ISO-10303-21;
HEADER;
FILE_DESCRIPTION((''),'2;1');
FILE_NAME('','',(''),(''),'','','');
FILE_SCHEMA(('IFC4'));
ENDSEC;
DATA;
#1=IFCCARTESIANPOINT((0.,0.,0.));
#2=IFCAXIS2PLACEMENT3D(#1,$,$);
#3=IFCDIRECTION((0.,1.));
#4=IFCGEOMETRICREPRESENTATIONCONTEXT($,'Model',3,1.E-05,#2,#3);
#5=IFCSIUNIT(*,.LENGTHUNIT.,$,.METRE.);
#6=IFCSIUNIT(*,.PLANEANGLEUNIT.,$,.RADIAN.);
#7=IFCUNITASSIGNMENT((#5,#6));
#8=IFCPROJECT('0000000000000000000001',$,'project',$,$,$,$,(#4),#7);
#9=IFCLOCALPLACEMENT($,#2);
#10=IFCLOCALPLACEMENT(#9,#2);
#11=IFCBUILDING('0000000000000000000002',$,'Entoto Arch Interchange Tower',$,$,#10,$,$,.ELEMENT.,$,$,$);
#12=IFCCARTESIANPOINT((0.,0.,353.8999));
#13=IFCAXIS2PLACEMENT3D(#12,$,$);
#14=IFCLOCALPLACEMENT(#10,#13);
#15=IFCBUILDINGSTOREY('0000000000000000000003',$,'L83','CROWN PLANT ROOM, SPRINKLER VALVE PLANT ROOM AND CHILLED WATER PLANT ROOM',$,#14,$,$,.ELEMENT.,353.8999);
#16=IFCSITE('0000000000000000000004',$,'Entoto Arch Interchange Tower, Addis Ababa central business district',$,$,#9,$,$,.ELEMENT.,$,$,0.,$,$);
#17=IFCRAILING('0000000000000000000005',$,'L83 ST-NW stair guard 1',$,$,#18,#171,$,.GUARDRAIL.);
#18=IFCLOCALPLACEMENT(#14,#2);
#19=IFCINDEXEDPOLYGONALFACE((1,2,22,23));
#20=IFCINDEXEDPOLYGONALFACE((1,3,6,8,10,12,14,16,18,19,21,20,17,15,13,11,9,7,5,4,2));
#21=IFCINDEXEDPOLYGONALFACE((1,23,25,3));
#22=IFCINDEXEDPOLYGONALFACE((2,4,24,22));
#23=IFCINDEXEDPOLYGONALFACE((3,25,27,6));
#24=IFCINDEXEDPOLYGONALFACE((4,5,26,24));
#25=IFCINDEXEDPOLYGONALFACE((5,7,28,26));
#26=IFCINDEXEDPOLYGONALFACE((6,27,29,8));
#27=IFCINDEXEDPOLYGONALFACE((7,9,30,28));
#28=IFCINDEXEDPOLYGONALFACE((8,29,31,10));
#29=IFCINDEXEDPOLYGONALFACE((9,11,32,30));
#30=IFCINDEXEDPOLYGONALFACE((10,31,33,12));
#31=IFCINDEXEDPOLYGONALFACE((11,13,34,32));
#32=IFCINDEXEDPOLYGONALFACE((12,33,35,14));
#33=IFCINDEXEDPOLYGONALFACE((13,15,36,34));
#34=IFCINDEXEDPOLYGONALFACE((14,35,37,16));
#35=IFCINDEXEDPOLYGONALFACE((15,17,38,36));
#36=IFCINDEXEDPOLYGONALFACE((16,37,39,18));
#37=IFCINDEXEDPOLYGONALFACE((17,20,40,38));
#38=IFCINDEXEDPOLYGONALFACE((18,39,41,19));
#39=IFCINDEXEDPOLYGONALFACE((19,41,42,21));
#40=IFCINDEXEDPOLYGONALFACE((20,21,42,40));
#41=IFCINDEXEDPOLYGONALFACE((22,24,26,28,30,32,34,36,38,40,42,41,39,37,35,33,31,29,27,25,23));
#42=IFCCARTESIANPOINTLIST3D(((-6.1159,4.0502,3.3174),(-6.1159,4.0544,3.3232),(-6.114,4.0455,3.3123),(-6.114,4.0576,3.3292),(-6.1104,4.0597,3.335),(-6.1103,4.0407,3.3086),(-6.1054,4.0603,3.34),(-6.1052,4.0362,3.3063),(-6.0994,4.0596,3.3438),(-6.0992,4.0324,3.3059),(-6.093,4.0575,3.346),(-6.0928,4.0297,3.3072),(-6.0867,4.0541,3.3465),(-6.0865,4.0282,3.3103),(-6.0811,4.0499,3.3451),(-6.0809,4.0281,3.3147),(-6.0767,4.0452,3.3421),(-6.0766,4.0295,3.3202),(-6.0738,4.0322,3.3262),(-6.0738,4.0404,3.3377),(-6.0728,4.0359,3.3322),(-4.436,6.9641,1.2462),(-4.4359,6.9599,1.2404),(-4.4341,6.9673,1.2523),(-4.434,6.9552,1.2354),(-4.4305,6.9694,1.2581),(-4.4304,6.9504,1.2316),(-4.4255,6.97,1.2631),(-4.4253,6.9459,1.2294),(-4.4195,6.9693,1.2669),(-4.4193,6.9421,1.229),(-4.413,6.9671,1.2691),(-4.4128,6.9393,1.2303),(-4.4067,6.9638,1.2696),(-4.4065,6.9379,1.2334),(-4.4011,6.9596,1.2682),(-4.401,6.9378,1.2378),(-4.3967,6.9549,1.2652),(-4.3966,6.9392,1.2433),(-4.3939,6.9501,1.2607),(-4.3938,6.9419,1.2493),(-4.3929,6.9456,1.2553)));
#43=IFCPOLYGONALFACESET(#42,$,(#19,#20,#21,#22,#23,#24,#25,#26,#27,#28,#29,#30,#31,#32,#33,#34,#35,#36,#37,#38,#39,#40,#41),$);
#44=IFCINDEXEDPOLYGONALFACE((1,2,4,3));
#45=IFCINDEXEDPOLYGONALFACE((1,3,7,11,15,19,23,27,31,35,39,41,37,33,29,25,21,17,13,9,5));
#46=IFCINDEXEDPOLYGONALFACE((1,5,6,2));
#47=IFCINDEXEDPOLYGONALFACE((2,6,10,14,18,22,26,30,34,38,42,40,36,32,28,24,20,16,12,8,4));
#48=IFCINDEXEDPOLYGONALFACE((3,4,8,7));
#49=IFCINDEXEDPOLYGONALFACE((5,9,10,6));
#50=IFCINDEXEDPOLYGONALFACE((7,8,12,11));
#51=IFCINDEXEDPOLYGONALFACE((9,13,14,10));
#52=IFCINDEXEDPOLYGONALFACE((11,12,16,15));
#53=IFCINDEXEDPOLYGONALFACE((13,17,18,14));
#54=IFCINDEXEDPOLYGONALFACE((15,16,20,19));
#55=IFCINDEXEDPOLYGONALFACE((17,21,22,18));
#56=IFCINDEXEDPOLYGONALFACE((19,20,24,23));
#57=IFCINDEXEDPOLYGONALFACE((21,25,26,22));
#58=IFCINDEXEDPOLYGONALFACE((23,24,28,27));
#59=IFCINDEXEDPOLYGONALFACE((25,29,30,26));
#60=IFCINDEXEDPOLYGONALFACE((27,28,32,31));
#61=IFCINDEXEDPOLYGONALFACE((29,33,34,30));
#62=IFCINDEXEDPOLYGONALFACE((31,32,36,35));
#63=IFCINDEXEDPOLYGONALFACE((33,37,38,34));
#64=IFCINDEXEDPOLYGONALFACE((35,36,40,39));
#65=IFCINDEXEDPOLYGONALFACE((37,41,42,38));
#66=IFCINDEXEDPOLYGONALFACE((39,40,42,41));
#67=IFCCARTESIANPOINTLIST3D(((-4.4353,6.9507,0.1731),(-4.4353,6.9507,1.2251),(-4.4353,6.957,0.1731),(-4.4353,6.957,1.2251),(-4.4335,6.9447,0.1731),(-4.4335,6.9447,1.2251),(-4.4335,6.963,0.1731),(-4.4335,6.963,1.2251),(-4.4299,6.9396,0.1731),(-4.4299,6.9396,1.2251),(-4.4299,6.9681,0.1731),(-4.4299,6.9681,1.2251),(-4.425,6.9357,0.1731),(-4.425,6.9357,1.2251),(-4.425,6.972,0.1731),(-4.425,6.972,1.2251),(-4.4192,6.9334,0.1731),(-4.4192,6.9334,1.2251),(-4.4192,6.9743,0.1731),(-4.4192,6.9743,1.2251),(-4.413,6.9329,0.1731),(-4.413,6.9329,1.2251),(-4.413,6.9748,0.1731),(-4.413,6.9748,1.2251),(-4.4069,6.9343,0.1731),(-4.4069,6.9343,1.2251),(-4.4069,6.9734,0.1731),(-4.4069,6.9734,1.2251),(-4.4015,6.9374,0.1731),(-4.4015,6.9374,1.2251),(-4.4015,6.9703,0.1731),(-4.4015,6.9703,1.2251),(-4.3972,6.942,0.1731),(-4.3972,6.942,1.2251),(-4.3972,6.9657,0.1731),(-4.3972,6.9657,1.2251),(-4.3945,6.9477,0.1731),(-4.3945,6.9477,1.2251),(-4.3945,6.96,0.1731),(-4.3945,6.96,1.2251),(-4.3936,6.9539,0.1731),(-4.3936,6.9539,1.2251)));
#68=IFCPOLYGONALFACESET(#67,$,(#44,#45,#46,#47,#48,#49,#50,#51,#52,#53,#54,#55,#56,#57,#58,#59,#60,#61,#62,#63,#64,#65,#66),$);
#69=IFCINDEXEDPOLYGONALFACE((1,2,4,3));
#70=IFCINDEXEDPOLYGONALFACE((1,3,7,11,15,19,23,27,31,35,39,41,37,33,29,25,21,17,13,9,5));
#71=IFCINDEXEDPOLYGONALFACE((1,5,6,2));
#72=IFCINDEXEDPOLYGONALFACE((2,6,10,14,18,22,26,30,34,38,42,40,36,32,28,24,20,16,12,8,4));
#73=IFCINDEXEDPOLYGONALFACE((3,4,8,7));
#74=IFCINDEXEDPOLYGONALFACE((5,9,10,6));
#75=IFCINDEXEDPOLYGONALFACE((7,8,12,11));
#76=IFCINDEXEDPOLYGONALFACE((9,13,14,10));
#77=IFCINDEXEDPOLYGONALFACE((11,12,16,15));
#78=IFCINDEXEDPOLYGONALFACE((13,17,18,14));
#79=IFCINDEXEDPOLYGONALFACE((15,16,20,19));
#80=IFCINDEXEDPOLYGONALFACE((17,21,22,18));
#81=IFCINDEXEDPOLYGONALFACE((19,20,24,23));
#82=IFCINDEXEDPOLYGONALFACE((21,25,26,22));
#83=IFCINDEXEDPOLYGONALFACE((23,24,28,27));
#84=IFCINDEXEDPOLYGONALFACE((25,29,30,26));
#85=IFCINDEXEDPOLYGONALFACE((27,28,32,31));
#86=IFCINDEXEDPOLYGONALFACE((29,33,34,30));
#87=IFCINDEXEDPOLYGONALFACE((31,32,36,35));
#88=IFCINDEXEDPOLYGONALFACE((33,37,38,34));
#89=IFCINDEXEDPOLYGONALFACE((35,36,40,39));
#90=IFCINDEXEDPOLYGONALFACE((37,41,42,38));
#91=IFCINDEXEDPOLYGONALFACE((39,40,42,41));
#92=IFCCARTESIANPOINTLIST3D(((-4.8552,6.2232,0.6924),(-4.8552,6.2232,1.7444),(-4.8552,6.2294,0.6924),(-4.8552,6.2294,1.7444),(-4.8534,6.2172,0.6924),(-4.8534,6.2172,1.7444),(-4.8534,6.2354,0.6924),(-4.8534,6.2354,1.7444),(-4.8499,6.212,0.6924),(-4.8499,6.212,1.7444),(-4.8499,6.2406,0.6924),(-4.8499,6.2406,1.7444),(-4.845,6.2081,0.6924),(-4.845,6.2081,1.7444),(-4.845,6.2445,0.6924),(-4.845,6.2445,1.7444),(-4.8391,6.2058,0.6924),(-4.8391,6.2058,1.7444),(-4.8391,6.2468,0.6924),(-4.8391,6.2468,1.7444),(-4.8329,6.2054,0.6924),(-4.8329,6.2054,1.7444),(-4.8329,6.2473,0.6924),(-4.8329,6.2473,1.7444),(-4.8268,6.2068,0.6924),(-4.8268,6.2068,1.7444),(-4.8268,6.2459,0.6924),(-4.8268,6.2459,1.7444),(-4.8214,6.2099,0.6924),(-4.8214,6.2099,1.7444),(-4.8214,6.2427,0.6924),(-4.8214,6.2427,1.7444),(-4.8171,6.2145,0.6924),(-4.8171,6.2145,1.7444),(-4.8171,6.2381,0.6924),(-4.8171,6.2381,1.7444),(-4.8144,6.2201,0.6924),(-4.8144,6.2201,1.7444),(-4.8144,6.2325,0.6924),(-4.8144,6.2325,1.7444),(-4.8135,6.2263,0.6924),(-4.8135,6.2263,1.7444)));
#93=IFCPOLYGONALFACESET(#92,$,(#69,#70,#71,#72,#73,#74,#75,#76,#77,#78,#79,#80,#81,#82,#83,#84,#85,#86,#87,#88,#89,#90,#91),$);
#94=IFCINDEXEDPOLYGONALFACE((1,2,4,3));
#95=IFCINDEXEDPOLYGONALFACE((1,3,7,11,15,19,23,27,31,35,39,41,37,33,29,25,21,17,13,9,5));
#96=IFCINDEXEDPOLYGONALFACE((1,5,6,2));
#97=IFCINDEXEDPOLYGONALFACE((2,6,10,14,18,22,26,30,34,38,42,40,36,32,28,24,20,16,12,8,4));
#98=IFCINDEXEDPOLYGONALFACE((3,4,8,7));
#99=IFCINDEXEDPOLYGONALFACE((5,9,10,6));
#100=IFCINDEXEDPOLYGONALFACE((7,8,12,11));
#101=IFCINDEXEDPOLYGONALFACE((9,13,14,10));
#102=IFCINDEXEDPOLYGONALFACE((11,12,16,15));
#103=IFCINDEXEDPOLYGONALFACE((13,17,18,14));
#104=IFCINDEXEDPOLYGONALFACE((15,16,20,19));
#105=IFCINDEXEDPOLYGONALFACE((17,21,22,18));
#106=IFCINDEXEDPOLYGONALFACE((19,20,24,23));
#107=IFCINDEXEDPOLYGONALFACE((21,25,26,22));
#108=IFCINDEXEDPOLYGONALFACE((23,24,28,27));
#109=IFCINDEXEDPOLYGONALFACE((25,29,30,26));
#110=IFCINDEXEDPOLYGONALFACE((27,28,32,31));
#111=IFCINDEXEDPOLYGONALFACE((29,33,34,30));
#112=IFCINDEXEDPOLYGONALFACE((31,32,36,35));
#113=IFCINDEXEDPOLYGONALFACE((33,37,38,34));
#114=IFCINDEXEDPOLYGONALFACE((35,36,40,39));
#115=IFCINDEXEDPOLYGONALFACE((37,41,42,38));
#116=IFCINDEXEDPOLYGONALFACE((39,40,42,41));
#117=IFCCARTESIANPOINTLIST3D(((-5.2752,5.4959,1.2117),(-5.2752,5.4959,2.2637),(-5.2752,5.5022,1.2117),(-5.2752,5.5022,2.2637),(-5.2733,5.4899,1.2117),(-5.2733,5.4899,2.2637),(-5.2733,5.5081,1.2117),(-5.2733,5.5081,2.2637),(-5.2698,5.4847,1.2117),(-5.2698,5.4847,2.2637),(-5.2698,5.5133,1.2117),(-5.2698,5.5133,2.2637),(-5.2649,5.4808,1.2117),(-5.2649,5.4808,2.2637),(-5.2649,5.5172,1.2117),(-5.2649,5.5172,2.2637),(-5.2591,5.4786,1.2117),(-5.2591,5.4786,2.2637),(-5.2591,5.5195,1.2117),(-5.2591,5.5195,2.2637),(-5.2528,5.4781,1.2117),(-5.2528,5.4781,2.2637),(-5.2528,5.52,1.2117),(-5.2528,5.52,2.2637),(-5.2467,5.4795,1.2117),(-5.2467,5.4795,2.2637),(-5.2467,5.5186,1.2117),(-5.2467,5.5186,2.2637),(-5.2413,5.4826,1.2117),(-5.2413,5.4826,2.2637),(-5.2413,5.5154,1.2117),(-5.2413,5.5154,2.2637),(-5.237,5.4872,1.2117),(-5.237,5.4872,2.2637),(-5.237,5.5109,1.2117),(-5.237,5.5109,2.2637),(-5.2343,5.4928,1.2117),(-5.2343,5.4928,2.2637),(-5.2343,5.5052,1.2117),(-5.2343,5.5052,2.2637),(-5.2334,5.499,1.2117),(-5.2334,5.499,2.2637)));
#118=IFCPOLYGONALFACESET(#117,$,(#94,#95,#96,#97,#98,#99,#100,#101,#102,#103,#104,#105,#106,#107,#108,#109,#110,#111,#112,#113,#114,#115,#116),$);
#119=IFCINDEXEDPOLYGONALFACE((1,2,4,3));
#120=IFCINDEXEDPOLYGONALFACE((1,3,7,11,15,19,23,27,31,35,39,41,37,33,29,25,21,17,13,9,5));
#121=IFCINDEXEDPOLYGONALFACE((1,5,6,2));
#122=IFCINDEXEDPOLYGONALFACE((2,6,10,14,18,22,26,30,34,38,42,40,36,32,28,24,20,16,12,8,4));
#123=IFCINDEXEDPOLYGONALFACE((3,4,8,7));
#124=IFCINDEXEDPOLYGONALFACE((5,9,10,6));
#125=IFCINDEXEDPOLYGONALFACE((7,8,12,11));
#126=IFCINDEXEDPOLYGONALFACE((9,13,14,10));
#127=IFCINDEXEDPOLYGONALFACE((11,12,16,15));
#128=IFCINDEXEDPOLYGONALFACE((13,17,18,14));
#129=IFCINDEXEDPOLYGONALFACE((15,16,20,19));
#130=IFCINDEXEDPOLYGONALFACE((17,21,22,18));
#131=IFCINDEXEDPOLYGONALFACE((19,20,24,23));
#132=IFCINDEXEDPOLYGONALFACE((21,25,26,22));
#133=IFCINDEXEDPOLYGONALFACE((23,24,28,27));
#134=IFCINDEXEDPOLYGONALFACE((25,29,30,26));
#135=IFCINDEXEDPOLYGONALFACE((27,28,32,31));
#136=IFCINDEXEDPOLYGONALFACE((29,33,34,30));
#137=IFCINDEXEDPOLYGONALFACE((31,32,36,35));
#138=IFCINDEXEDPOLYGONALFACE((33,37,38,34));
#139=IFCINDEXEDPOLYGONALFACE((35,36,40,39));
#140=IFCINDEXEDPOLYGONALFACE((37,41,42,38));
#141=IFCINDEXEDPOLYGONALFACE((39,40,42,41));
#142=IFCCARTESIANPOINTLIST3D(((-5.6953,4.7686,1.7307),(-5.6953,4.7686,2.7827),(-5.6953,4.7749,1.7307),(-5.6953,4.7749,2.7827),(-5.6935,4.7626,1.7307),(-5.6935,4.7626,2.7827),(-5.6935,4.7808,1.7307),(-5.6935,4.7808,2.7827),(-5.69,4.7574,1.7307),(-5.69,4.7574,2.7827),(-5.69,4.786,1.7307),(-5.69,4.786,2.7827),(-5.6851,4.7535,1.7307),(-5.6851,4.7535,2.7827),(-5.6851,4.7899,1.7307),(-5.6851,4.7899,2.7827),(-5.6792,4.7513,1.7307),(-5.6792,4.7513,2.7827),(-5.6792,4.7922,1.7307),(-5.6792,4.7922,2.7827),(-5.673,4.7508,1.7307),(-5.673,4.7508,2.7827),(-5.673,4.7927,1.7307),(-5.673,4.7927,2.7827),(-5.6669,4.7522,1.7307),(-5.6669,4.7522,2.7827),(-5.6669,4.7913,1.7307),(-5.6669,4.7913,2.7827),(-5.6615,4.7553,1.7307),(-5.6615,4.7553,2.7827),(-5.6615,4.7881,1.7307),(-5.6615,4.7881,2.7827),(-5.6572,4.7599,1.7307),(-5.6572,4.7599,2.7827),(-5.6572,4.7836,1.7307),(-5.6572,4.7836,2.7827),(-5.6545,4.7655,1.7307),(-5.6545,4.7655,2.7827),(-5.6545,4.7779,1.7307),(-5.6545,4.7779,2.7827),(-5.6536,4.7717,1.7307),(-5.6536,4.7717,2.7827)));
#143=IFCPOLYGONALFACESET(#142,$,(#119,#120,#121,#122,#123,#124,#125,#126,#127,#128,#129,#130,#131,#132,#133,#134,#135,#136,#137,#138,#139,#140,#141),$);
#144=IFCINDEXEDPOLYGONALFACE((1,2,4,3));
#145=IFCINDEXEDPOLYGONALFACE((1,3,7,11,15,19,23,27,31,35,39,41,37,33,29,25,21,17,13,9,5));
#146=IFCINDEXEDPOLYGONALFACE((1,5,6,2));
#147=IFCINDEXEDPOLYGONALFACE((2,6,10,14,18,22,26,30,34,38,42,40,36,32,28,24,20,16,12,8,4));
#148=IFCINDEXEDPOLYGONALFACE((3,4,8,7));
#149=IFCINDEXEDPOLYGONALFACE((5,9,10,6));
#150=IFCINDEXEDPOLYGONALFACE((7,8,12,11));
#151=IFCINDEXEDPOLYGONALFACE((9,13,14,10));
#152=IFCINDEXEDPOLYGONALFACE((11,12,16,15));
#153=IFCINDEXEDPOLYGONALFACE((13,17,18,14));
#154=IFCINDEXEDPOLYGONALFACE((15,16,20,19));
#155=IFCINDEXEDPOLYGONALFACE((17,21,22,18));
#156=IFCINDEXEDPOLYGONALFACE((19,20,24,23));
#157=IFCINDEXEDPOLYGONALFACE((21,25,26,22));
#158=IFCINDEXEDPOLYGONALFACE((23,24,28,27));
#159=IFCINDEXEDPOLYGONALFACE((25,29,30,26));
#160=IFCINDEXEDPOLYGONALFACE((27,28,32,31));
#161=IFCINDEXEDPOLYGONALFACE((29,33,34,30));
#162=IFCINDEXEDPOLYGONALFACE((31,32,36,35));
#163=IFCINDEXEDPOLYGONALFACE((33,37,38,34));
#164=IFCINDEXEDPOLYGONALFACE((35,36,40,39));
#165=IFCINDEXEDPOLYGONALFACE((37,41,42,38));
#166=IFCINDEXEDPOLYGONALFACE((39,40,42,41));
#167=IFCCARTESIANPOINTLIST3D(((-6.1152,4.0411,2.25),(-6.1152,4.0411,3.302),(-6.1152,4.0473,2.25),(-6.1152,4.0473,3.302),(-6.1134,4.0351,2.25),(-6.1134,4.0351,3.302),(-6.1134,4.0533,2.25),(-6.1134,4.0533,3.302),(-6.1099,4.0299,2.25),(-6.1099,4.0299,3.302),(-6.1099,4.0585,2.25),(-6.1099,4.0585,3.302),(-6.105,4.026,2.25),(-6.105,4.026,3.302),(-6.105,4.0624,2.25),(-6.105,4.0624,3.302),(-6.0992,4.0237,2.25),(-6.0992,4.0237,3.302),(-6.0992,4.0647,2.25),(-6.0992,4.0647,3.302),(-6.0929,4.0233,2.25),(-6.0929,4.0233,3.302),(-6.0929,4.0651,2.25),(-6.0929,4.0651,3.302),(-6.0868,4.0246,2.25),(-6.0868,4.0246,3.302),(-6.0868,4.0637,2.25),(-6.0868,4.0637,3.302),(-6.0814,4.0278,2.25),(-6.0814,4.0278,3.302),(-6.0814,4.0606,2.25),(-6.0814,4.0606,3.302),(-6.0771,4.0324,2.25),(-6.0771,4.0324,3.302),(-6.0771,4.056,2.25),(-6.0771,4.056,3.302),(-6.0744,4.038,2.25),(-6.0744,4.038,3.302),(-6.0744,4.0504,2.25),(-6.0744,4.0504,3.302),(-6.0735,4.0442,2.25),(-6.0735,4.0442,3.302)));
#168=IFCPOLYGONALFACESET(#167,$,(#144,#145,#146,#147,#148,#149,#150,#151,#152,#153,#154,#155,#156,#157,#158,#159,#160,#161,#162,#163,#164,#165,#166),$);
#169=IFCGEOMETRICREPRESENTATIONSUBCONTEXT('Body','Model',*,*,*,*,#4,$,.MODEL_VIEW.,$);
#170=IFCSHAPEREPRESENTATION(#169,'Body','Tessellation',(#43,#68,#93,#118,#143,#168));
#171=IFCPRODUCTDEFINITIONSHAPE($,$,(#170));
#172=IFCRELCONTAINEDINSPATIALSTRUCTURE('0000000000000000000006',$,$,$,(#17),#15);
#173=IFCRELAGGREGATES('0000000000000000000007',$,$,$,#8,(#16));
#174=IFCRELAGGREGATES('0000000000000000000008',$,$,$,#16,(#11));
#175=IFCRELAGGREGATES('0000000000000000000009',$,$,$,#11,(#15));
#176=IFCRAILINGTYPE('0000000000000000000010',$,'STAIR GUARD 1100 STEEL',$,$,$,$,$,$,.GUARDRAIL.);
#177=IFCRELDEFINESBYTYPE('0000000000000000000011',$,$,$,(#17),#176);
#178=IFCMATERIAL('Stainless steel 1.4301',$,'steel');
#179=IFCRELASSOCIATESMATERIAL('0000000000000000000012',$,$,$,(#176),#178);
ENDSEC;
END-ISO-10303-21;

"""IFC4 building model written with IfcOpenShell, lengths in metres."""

from ifc_helpers import new_model, si_unit, direction, frame, origin, origin_2d, place, context, subcontext, project, spatial, circle, extrude, material, type_object, element, save


model = new_model("IFC4")

# Units and contexts
model_context = context("Model", 3, precision=1e-05, world=origin(), true_north=direction((0.0, 1.0)))
body_context = subcontext(model_context, "Body", "Model", "MODEL_VIEW")
ifc_project = project(units=[si_unit("LENGTHUNIT", "METRE"), si_unit("PLANEANGLEUNIT", "RADIAN")], contexts=[model_context])

# Site, building, storey
site_placement = place(None, origin())
site = spatial("IfcSite", under=ifc_project, at=site_placement, Name="Entoto Arch Interchange Tower, Addis Ababa central business district", CompositionType="ELEMENT", RefElevation=0.0)
building_placement = place(site_placement, origin())
building = spatial("IfcBuilding", under=site, at=building_placement, Name="Entoto Arch Interchange Tower", CompositionType="ELEMENT")
storey_placement = place(building_placement, frame((0.0, 0.0, 353.8999)))
storey = spatial("IfcBuildingStorey", under=building, at=storey_placement, Name="L83", Description="CROWN PLANT ROOM, SPRINKLER VALVE PLANT ROOM AND CHILLED WATER PLANT ROOM", CompositionType="ELEMENT", Elevation=353.8999)

# Railing
ifc_material_1 = material(Name="Stainless steel 1.4301", Category="steel")
railing_type_1 = type_object("IfcRailingType", Name="STAIR GUARD 1100 STEEL", PredefinedType="GUARDRAIL", material=ifc_material_1)
railing_1_placement = place(storey_placement, frame((-4.4146, 6.9539, 0.1731)))
element("IfcRailing", 1, at=railing_1_placement, inside=storey, type_object=railing_type_1, Name="L83 ST-NW stair guard 1", PredefinedType="GUARDRAIL", context=body_context, shape_type="SweptSolid", body=[
    extrude(circle(Radius=0.0239, at=origin_2d()), frame((0.0, 0.0, 1.0762), z_axis=(-0.425308, -0.73664, 0.525809), x_axis=(0.866021, -0.500008, 0.0)), (0.0, 0.0, 1.0), 3.95),
    extrude(circle(Radius=0.021, at=origin_2d()), origin(), (0.0, 0.0, 1.0), 1.052),
    extrude(circle(Radius=0.021, at=origin_2d()), frame((-0.4199, -0.7275, 0.5193)), (0.0, 0.0, 1.0), 1.052),
    extrude(circle(Radius=0.021, at=origin_2d()), frame((-0.8398, -1.4548, 1.0386)), (0.0, 0.0, 1.0), 1.052),
    extrude(circle(Radius=0.021, at=origin_2d()), frame((-1.26, -2.1821, 1.5576)), (0.0, 0.0, 1.0), 1.052),
    extrude(circle(Radius=0.021, at=origin_2d()), frame((-1.6799, -2.9097, 2.0769)), (0.0, 0.0, 1.0), 1.052),
])

save(model, "model.ifc")
